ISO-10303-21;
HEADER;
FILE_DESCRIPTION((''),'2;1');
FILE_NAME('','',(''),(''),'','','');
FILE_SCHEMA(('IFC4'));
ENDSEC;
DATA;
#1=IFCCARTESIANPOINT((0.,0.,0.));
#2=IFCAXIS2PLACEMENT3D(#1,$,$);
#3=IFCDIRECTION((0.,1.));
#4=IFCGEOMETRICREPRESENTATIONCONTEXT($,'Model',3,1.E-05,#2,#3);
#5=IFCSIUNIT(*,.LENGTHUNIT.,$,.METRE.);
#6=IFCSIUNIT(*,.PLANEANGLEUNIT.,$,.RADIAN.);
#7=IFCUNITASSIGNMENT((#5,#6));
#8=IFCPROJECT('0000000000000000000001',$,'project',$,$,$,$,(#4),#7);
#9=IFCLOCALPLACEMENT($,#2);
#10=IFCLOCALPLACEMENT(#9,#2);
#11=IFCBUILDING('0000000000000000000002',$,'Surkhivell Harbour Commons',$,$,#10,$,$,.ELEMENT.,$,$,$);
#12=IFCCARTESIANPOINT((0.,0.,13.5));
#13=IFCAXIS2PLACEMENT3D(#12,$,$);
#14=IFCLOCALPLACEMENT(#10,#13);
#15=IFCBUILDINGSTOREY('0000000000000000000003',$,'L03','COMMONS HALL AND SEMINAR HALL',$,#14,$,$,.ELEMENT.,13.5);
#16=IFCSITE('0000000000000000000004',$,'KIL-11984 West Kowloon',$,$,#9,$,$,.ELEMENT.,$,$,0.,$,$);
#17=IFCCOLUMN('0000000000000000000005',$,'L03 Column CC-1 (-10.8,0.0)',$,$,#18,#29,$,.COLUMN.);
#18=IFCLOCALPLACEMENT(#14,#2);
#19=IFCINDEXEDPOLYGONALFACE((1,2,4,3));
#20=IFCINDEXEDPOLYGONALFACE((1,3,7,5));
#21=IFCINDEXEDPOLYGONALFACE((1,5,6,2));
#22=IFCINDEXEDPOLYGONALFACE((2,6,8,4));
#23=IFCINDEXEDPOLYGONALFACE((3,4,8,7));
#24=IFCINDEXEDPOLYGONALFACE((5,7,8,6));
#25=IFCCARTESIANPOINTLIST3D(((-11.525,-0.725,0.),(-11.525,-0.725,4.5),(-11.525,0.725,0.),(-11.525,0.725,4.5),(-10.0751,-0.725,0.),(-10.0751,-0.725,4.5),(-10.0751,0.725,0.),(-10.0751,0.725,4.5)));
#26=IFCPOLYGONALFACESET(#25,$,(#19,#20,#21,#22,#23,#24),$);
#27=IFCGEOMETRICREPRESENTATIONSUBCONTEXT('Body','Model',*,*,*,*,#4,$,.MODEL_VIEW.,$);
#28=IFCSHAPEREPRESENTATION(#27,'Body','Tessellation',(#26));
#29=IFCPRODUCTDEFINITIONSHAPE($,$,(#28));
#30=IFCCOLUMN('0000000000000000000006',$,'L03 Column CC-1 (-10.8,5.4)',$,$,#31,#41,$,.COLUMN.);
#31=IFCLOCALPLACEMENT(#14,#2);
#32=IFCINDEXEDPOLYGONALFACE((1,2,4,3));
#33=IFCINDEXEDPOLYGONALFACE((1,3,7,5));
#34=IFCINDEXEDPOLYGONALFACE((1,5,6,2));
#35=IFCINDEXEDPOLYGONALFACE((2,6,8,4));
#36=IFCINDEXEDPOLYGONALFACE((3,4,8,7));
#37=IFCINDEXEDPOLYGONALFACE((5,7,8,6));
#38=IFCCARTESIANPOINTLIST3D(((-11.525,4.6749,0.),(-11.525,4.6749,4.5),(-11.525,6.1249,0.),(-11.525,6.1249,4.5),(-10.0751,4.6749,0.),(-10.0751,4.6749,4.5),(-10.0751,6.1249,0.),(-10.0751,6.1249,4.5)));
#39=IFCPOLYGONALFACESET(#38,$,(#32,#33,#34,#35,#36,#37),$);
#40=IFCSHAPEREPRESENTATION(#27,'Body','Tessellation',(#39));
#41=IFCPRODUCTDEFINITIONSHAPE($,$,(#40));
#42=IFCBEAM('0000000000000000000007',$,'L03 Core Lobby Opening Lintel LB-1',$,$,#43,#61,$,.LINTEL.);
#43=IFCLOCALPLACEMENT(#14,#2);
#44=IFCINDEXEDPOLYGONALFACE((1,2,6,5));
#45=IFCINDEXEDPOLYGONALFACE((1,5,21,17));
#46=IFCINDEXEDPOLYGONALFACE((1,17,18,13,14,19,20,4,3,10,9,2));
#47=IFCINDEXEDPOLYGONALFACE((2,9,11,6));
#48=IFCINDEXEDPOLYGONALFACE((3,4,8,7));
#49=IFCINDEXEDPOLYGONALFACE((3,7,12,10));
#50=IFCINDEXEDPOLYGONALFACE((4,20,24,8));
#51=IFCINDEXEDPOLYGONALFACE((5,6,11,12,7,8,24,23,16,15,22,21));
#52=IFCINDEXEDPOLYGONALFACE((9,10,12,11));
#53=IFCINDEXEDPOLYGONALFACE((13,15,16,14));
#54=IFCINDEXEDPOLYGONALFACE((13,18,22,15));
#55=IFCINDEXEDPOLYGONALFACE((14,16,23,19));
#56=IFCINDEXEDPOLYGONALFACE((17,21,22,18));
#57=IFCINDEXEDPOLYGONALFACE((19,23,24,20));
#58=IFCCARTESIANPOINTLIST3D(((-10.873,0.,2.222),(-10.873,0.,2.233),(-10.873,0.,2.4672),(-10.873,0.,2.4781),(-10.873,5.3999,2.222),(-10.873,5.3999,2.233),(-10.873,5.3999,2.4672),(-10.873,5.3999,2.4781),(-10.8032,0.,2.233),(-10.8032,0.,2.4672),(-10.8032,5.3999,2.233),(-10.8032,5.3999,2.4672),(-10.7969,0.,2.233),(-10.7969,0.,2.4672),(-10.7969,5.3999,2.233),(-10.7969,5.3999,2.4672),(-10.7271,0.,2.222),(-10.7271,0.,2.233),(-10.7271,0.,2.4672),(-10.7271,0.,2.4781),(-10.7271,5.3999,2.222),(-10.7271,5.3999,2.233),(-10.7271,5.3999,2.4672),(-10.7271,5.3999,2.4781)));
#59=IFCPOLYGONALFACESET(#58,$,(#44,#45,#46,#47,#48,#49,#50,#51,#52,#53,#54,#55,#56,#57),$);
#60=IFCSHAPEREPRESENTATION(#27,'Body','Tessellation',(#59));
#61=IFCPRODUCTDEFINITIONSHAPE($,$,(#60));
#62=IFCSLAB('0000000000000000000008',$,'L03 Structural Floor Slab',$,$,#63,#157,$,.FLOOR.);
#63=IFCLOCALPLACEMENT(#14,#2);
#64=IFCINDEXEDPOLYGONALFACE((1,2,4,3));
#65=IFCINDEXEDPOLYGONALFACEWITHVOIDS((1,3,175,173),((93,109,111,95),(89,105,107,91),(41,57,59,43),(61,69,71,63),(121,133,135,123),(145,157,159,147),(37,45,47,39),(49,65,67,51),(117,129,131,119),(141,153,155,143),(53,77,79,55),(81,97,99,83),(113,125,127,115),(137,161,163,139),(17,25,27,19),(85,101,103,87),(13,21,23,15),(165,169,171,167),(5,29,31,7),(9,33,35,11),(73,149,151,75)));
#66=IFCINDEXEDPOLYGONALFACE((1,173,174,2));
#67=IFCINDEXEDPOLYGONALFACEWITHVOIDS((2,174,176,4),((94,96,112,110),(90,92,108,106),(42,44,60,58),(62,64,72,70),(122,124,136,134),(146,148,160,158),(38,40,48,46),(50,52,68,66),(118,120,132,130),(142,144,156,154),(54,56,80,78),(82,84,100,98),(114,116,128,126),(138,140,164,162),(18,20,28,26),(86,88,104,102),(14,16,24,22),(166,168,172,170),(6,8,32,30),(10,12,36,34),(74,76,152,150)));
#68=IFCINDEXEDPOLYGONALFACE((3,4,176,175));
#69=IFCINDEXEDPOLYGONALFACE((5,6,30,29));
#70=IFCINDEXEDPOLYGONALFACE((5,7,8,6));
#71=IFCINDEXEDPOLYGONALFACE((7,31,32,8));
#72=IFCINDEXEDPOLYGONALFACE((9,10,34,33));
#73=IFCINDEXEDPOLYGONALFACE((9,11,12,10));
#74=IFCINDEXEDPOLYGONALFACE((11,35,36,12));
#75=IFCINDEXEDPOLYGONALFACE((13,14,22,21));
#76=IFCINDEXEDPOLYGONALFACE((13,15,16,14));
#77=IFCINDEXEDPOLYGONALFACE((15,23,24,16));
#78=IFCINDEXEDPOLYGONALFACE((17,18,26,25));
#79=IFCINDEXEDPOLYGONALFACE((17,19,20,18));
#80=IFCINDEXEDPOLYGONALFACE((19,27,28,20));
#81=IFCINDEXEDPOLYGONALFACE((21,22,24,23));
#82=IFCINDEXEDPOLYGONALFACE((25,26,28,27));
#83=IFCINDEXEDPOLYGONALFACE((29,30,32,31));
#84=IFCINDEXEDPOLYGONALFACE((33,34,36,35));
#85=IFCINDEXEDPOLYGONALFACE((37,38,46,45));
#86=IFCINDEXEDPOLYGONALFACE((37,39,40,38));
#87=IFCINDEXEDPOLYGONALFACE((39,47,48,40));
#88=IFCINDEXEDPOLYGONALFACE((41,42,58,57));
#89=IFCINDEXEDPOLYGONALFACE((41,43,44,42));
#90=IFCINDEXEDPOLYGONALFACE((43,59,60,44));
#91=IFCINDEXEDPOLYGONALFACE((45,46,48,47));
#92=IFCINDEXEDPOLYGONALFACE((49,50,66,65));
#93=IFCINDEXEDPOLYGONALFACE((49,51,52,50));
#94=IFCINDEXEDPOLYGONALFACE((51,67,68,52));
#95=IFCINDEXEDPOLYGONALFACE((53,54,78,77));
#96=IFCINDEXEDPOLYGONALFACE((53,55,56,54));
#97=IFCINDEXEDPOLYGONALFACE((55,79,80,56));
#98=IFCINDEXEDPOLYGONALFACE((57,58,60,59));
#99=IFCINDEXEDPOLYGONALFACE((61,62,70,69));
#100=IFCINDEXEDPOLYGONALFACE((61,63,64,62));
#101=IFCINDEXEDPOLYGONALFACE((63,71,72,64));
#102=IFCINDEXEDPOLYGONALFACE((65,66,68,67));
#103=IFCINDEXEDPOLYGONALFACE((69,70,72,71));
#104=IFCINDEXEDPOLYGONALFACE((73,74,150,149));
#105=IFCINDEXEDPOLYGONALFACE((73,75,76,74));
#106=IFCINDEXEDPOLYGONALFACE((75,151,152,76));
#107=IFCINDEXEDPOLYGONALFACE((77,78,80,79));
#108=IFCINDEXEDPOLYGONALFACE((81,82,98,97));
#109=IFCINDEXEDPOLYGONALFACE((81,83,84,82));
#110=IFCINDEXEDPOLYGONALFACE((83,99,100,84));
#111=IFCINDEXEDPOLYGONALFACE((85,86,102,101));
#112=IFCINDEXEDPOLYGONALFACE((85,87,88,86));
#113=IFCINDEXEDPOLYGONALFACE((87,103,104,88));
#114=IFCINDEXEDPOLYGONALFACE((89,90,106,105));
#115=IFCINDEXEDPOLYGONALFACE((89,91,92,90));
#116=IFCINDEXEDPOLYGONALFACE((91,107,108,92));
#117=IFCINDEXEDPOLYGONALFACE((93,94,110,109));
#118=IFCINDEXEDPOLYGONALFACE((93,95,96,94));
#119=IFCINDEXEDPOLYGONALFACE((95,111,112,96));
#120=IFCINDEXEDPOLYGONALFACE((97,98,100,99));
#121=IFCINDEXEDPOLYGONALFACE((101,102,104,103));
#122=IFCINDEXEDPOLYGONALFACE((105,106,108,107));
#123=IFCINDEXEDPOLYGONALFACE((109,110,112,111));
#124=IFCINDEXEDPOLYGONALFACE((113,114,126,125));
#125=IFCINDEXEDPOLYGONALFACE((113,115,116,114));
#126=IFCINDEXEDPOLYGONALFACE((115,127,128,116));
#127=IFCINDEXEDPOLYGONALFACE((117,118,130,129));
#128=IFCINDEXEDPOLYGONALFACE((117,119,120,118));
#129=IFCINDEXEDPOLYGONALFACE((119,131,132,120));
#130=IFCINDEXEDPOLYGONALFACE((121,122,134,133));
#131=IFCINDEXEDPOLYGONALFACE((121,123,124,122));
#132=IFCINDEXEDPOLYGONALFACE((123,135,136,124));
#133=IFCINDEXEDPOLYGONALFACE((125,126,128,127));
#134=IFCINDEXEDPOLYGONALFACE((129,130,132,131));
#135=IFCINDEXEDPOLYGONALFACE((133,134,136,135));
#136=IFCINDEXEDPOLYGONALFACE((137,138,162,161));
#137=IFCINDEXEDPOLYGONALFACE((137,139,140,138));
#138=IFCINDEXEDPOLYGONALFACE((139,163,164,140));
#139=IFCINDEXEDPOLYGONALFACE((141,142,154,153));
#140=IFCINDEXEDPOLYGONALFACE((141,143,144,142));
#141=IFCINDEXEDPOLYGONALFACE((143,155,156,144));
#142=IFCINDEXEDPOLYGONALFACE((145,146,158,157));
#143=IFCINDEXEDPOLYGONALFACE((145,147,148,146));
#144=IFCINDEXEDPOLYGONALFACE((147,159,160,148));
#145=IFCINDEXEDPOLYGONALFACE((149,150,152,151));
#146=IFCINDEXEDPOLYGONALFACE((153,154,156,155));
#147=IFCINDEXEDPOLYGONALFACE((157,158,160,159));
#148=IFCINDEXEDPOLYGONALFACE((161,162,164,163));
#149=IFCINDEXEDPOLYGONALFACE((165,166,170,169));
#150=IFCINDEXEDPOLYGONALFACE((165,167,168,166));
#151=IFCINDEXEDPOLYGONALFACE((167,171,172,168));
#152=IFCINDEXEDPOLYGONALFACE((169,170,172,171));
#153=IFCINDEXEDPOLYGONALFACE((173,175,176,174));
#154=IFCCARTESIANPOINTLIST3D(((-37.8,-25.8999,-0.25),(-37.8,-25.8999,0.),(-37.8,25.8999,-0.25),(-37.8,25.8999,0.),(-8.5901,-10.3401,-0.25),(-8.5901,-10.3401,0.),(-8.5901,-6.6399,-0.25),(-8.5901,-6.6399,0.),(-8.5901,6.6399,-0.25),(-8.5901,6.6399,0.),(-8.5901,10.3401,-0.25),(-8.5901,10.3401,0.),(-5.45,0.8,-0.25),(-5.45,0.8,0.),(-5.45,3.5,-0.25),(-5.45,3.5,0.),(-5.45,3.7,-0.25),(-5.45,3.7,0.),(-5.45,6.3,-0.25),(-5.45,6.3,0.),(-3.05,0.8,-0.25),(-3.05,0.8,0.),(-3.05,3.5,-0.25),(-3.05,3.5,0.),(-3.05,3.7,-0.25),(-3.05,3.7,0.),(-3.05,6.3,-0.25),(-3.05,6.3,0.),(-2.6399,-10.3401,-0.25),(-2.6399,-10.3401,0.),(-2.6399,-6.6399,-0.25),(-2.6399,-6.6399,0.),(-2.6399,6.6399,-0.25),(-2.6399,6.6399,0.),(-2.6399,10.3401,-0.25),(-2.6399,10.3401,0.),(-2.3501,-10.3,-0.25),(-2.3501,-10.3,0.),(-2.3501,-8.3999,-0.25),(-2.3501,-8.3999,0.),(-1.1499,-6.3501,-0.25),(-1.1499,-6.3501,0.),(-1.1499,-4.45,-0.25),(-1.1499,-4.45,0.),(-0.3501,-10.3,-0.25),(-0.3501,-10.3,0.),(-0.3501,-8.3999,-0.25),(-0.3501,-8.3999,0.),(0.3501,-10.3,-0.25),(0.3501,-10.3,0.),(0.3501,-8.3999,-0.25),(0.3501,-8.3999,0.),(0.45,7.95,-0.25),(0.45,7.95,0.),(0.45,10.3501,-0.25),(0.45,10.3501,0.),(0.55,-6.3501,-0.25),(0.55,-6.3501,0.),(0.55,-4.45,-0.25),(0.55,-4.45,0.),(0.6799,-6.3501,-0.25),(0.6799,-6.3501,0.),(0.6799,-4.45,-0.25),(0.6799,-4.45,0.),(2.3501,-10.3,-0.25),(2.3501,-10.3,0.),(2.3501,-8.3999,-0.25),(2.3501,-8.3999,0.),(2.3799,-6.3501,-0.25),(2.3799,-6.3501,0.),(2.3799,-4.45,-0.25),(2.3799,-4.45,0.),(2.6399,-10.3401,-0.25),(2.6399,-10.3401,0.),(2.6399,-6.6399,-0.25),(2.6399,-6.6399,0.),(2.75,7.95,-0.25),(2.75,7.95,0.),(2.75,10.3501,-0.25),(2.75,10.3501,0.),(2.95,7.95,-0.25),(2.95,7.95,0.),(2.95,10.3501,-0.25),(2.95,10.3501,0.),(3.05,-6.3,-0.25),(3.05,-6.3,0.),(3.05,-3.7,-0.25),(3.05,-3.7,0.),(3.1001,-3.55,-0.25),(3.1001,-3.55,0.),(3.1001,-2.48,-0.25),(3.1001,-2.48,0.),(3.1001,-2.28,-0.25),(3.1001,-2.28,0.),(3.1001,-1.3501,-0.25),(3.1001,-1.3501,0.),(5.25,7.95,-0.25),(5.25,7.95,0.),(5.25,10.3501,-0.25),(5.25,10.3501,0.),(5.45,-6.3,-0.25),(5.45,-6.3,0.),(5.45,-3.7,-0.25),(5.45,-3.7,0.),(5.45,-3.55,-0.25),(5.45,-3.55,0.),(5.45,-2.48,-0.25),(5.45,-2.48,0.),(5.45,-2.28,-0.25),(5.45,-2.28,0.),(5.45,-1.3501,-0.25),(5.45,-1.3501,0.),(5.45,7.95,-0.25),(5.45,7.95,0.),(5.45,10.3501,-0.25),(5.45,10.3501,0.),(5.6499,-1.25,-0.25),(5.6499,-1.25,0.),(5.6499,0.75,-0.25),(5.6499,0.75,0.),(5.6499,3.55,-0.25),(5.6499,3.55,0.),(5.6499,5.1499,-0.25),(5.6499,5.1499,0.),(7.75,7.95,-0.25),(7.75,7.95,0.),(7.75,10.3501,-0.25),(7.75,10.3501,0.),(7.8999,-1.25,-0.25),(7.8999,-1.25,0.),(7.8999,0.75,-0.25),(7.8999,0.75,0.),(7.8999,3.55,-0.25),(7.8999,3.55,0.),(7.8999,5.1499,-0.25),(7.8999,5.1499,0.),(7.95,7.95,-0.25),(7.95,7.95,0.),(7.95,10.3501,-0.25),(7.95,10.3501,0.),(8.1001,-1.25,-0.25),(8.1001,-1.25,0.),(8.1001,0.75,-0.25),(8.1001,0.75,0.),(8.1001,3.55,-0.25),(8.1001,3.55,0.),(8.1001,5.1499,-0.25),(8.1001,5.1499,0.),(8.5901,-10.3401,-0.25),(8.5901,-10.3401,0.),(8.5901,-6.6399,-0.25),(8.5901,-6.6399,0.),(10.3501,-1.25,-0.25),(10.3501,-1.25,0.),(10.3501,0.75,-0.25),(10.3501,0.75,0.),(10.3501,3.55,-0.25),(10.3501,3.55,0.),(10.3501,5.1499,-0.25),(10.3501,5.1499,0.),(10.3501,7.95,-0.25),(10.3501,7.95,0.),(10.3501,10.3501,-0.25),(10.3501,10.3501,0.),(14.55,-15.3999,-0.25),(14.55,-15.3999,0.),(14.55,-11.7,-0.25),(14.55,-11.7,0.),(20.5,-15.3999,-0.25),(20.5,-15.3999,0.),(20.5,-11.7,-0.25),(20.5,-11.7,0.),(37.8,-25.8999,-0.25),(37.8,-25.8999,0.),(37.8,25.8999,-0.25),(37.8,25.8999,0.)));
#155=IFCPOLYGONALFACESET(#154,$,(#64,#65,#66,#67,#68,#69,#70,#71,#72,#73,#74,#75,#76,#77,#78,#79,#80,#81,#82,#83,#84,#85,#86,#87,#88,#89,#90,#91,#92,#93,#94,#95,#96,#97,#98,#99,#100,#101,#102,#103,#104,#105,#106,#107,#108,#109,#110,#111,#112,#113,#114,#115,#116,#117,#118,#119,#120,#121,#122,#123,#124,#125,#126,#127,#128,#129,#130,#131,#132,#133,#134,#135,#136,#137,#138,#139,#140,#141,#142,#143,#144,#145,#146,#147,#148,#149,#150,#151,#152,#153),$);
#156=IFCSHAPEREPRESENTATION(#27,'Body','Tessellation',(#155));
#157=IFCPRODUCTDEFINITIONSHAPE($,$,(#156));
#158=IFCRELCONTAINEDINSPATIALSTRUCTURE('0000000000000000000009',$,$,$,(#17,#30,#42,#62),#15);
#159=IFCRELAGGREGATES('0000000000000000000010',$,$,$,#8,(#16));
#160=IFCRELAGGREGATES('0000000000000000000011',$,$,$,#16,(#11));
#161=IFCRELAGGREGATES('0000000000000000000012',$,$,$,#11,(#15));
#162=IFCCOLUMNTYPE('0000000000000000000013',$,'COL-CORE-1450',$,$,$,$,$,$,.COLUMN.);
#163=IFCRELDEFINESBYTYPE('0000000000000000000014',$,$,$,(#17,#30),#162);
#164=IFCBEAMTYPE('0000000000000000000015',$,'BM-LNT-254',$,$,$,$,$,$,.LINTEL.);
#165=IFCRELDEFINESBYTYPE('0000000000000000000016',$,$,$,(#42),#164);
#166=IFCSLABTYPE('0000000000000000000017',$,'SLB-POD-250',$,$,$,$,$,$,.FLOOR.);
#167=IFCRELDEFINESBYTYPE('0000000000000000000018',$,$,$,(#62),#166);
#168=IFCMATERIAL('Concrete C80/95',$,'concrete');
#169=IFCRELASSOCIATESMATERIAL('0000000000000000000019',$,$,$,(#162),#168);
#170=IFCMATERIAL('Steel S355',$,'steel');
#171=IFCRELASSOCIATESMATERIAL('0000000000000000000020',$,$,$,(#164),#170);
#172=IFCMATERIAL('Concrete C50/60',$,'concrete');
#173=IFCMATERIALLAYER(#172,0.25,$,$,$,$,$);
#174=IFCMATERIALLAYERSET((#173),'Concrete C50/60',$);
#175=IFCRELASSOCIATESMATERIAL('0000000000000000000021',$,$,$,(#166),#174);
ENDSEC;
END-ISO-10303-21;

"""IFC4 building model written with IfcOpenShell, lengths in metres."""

from ifc_helpers import new_model, si_unit, direction, frame, origin, origin_2d, place, context, subcontext, project, spatial, polyline, rectangle, i_section, outline, extrude, material, layer, layer_set, material_profile, profile_set, type_object, element, save


model = new_model("IFC4")

# Units and contexts
model_context = context("Model", 3, precision=1e-05, world=origin(), true_north=direction((0.0, 1.0)))
body_context = subcontext(model_context, "Body", "Model", "MODEL_VIEW")
ifc_project = project(units=[si_unit("LENGTHUNIT", "METRE"), si_unit("PLANEANGLEUNIT", "RADIAN")], contexts=[model_context])

# Site, building, storey
site_placement = place(None, origin())
site = spatial("IfcSite", under=ifc_project, at=site_placement, Name="KIL-11984 West Kowloon", CompositionType="ELEMENT", RefElevation=0.0)
building_placement = place(site_placement, origin())
building = spatial("IfcBuilding", under=site, at=building_placement, Name="Surkhivell Harbour Commons", CompositionType="ELEMENT")
storey_placement = place(building_placement, frame((0.0, 0.0, 13.5)))
storey = spatial("IfcBuildingStorey", under=building, at=storey_placement, Name="L03", Description="COMMONS HALL AND SEMINAR HALL", CompositionType="ELEMENT", Elevation=13.5)

# Columns
ifc_material_1 = material(Name="Concrete C80/95", Category="concrete")
ifc_material_profile_1 = material_profile(ifc_material_1, rectangle(XDim=1.45, YDim=1.45, at=origin_2d()), Name="RC-COL-1450x1450")
ifc_profile_set_1 = profile_set([ifc_material_profile_1], Name="Concrete C80/95")
column_type = type_object("IfcColumnType", Name="COL-CORE-1450", PredefinedType="COLUMN", material=ifc_profile_set_1)
for number, where, z_axis, x_axis, name in (
    (1, (-10.8, 0.0, 0.0), (0.0, 0.0, 1.0), (1.0, 0.0, 0.0), "L03 Column CC-1 (-10.8,0.0)"),
    (2, (-10.8, 5.3999, 0.0), (0.0, 0.0, 1.0), (1.0, 0.0, 0.0), "L03 Column CC-1 (-10.8,5.4)"),
):
    element("IfcColumn", number, at=place(storey_placement, frame(where, z_axis=z_axis, x_axis=x_axis)), inside=storey, type_object=column_type, Name=name, PredefinedType="COLUMN", context=body_context, shape_type="SweptSolid", body=[
        extrude(rectangle(XDim=1.45, YDim=1.45, at=origin_2d()), origin(), (0.0, 0.0, 1.0), 4.5),
    ])

# Beam
ifc_material_2 = material(Name="Steel S355", Category="steel")
ifc_material_profile_2 = material_profile(ifc_material_2, i_section(OverallWidth=0.146, OverallDepth=0.2561, WebThickness=0.0063, FlangeThickness=0.011, at=origin_2d()), Name="UB254x146x37")
ifc_profile_set_2 = profile_set([ifc_material_profile_2], Name="Steel S355")
beam_type = type_object("IfcBeamType", Name="BM-LNT-254", PredefinedType="LINTEL", material=ifc_profile_set_2)
beam_placement = place(storey_placement, frame((-10.8, 0.0, 2.3501), z_axis=(0.0, 1.0, 0.0), x_axis=(-1.0, 0.0, 0.0)))
element("IfcBeam", 3, at=beam_placement, inside=storey, type_object=beam_type, Name="L03 Core Lobby Opening Lintel LB-1", PredefinedType="LINTEL", context=body_context, shape_type="SweptSolid", body=[
    extrude(i_section(OverallWidth=0.146, OverallDepth=0.2561, WebThickness=0.0063, FlangeThickness=0.011, at=origin_2d()), origin(), (0.0, 0.0, 1.0), 5.3999),
])

# Slab
ifc_material_3 = material(Name="Concrete C50/60", Category="concrete")
ifc_layer_1 = layer(ifc_material_3, 0.25)
ifc_layer_set_1 = layer_set([ifc_layer_1], Name="Concrete C50/60")
slab_type = type_object("IfcSlabType", Name="SLB-POD-250", PredefinedType="FLOOR", material=ifc_layer_set_1)
slab_placement = place(storey_placement, frame((0.0, 0.0, -0.25)))
element("IfcSlab", 4, at=slab_placement, inside=storey, type_object=slab_type, Name="L03 Structural Floor Slab", PredefinedType="FLOOR", context=body_context, shape_type="SweptSolid", body=[
    extrude(outline(polyline([(-37.8, -25.8999), (37.8, -25.8999), (37.8, 25.8999), (-37.8, 25.8999), (-37.8, -25.8999)]), holes=[polyline([(-8.5901, 6.6399), (-2.6399, 6.6399), (-2.6399, 10.3401), (-8.5901, 10.3401), (-8.5901, 6.6399)]), polyline([(8.5901, -6.6399), (2.6399, -6.6399), (2.6399, -10.3401), (8.5901, -10.3401), (8.5901, -6.6399)]), polyline([(-8.5901, -10.3401), (-2.6399, -10.3401), (-2.6399, -6.6399), (-8.5901, -6.6399), (-8.5901, -10.3401)]), polyline([(14.55, -15.3999), (20.5, -15.3999), (20.5, -11.7), (14.55, -11.7), (14.55, -15.3999)]), polyline([(0.45, 7.95), (2.75, 7.95), (2.75, 10.3501), (0.45, 10.3501), (0.45, 7.95)]), polyline([(2.95, 7.95), (5.25, 7.95), (5.25, 10.3501), (2.95, 10.3501), (2.95, 7.95)]), polyline([(5.45, 7.95), (7.75, 7.95), (7.75, 10.3501), (5.45, 10.3501), (5.45, 7.95)]), polyline([(7.95, 7.95), (10.3501, 7.95), (10.3501, 10.3501), (7.95, 10.3501), (7.95, 7.95)]), polyline([(5.6499, 3.55), (7.8999, 3.55), (7.8999, 5.1499), (5.6499, 5.1499), (5.6499, 3.55)]), polyline([(8.1001, 3.55), (10.3501, 3.55), (10.3501, 5.1499), (8.1001, 5.1499), (8.1001, 3.55)]), polyline([(5.6499, -1.25), (7.8999, -1.25), (7.8999, 0.75), (5.6499, 0.75), (5.6499, -1.25)]), polyline([(8.1001, -1.25), (10.3501, -1.25), (10.3501, 0.75), (8.1001, 0.75), (8.1001, -1.25)]), polyline([(-1.1499, -6.3501), (0.55, -6.3501), (0.55, -4.45), (-1.1499, -4.45), (-1.1499, -6.3501)]), polyline([(0.6799, -6.3501), (2.3799, -6.3501), (2.3799, -4.45), (0.6799, -4.45), (0.6799, -6.3501)]), polyline([(-2.3501, -10.3), (-0.3501, -10.3), (-0.3501, -8.3999), (-2.3501, -8.3999), (-2.3501, -10.3)]), polyline([(0.3501, -10.3), (2.3501, -10.3), (2.3501, -8.3999), (0.3501, -8.3999), (0.3501, -10.3)]), polyline([(-5.45, 3.7), (-3.05, 3.7), (-3.05, 6.3), (-5.45, 6.3), (-5.45, 3.7)]), polyline([(3.05, -6.3), (5.45, -6.3), (5.45, -3.7), (3.05, -3.7), (3.05, -6.3)]), polyline([(-5.45, 0.8), (-3.05, 0.8), (-3.05, 3.5), (-5.45, 3.5), (-5.45, 0.8)]), polyline([(3.1001, -3.55), (5.45, -3.55), (5.45, -2.48), (3.1001, -2.48), (3.1001, -3.55)]), polyline([(3.1001, -2.28), (5.45, -2.28), (5.45, -1.3501), (3.1001, -1.3501), (3.1001, -2.28)])]), origin(), (0.0, 0.0, 1.0), 0.25),
])

save(model, "model.ifc")
